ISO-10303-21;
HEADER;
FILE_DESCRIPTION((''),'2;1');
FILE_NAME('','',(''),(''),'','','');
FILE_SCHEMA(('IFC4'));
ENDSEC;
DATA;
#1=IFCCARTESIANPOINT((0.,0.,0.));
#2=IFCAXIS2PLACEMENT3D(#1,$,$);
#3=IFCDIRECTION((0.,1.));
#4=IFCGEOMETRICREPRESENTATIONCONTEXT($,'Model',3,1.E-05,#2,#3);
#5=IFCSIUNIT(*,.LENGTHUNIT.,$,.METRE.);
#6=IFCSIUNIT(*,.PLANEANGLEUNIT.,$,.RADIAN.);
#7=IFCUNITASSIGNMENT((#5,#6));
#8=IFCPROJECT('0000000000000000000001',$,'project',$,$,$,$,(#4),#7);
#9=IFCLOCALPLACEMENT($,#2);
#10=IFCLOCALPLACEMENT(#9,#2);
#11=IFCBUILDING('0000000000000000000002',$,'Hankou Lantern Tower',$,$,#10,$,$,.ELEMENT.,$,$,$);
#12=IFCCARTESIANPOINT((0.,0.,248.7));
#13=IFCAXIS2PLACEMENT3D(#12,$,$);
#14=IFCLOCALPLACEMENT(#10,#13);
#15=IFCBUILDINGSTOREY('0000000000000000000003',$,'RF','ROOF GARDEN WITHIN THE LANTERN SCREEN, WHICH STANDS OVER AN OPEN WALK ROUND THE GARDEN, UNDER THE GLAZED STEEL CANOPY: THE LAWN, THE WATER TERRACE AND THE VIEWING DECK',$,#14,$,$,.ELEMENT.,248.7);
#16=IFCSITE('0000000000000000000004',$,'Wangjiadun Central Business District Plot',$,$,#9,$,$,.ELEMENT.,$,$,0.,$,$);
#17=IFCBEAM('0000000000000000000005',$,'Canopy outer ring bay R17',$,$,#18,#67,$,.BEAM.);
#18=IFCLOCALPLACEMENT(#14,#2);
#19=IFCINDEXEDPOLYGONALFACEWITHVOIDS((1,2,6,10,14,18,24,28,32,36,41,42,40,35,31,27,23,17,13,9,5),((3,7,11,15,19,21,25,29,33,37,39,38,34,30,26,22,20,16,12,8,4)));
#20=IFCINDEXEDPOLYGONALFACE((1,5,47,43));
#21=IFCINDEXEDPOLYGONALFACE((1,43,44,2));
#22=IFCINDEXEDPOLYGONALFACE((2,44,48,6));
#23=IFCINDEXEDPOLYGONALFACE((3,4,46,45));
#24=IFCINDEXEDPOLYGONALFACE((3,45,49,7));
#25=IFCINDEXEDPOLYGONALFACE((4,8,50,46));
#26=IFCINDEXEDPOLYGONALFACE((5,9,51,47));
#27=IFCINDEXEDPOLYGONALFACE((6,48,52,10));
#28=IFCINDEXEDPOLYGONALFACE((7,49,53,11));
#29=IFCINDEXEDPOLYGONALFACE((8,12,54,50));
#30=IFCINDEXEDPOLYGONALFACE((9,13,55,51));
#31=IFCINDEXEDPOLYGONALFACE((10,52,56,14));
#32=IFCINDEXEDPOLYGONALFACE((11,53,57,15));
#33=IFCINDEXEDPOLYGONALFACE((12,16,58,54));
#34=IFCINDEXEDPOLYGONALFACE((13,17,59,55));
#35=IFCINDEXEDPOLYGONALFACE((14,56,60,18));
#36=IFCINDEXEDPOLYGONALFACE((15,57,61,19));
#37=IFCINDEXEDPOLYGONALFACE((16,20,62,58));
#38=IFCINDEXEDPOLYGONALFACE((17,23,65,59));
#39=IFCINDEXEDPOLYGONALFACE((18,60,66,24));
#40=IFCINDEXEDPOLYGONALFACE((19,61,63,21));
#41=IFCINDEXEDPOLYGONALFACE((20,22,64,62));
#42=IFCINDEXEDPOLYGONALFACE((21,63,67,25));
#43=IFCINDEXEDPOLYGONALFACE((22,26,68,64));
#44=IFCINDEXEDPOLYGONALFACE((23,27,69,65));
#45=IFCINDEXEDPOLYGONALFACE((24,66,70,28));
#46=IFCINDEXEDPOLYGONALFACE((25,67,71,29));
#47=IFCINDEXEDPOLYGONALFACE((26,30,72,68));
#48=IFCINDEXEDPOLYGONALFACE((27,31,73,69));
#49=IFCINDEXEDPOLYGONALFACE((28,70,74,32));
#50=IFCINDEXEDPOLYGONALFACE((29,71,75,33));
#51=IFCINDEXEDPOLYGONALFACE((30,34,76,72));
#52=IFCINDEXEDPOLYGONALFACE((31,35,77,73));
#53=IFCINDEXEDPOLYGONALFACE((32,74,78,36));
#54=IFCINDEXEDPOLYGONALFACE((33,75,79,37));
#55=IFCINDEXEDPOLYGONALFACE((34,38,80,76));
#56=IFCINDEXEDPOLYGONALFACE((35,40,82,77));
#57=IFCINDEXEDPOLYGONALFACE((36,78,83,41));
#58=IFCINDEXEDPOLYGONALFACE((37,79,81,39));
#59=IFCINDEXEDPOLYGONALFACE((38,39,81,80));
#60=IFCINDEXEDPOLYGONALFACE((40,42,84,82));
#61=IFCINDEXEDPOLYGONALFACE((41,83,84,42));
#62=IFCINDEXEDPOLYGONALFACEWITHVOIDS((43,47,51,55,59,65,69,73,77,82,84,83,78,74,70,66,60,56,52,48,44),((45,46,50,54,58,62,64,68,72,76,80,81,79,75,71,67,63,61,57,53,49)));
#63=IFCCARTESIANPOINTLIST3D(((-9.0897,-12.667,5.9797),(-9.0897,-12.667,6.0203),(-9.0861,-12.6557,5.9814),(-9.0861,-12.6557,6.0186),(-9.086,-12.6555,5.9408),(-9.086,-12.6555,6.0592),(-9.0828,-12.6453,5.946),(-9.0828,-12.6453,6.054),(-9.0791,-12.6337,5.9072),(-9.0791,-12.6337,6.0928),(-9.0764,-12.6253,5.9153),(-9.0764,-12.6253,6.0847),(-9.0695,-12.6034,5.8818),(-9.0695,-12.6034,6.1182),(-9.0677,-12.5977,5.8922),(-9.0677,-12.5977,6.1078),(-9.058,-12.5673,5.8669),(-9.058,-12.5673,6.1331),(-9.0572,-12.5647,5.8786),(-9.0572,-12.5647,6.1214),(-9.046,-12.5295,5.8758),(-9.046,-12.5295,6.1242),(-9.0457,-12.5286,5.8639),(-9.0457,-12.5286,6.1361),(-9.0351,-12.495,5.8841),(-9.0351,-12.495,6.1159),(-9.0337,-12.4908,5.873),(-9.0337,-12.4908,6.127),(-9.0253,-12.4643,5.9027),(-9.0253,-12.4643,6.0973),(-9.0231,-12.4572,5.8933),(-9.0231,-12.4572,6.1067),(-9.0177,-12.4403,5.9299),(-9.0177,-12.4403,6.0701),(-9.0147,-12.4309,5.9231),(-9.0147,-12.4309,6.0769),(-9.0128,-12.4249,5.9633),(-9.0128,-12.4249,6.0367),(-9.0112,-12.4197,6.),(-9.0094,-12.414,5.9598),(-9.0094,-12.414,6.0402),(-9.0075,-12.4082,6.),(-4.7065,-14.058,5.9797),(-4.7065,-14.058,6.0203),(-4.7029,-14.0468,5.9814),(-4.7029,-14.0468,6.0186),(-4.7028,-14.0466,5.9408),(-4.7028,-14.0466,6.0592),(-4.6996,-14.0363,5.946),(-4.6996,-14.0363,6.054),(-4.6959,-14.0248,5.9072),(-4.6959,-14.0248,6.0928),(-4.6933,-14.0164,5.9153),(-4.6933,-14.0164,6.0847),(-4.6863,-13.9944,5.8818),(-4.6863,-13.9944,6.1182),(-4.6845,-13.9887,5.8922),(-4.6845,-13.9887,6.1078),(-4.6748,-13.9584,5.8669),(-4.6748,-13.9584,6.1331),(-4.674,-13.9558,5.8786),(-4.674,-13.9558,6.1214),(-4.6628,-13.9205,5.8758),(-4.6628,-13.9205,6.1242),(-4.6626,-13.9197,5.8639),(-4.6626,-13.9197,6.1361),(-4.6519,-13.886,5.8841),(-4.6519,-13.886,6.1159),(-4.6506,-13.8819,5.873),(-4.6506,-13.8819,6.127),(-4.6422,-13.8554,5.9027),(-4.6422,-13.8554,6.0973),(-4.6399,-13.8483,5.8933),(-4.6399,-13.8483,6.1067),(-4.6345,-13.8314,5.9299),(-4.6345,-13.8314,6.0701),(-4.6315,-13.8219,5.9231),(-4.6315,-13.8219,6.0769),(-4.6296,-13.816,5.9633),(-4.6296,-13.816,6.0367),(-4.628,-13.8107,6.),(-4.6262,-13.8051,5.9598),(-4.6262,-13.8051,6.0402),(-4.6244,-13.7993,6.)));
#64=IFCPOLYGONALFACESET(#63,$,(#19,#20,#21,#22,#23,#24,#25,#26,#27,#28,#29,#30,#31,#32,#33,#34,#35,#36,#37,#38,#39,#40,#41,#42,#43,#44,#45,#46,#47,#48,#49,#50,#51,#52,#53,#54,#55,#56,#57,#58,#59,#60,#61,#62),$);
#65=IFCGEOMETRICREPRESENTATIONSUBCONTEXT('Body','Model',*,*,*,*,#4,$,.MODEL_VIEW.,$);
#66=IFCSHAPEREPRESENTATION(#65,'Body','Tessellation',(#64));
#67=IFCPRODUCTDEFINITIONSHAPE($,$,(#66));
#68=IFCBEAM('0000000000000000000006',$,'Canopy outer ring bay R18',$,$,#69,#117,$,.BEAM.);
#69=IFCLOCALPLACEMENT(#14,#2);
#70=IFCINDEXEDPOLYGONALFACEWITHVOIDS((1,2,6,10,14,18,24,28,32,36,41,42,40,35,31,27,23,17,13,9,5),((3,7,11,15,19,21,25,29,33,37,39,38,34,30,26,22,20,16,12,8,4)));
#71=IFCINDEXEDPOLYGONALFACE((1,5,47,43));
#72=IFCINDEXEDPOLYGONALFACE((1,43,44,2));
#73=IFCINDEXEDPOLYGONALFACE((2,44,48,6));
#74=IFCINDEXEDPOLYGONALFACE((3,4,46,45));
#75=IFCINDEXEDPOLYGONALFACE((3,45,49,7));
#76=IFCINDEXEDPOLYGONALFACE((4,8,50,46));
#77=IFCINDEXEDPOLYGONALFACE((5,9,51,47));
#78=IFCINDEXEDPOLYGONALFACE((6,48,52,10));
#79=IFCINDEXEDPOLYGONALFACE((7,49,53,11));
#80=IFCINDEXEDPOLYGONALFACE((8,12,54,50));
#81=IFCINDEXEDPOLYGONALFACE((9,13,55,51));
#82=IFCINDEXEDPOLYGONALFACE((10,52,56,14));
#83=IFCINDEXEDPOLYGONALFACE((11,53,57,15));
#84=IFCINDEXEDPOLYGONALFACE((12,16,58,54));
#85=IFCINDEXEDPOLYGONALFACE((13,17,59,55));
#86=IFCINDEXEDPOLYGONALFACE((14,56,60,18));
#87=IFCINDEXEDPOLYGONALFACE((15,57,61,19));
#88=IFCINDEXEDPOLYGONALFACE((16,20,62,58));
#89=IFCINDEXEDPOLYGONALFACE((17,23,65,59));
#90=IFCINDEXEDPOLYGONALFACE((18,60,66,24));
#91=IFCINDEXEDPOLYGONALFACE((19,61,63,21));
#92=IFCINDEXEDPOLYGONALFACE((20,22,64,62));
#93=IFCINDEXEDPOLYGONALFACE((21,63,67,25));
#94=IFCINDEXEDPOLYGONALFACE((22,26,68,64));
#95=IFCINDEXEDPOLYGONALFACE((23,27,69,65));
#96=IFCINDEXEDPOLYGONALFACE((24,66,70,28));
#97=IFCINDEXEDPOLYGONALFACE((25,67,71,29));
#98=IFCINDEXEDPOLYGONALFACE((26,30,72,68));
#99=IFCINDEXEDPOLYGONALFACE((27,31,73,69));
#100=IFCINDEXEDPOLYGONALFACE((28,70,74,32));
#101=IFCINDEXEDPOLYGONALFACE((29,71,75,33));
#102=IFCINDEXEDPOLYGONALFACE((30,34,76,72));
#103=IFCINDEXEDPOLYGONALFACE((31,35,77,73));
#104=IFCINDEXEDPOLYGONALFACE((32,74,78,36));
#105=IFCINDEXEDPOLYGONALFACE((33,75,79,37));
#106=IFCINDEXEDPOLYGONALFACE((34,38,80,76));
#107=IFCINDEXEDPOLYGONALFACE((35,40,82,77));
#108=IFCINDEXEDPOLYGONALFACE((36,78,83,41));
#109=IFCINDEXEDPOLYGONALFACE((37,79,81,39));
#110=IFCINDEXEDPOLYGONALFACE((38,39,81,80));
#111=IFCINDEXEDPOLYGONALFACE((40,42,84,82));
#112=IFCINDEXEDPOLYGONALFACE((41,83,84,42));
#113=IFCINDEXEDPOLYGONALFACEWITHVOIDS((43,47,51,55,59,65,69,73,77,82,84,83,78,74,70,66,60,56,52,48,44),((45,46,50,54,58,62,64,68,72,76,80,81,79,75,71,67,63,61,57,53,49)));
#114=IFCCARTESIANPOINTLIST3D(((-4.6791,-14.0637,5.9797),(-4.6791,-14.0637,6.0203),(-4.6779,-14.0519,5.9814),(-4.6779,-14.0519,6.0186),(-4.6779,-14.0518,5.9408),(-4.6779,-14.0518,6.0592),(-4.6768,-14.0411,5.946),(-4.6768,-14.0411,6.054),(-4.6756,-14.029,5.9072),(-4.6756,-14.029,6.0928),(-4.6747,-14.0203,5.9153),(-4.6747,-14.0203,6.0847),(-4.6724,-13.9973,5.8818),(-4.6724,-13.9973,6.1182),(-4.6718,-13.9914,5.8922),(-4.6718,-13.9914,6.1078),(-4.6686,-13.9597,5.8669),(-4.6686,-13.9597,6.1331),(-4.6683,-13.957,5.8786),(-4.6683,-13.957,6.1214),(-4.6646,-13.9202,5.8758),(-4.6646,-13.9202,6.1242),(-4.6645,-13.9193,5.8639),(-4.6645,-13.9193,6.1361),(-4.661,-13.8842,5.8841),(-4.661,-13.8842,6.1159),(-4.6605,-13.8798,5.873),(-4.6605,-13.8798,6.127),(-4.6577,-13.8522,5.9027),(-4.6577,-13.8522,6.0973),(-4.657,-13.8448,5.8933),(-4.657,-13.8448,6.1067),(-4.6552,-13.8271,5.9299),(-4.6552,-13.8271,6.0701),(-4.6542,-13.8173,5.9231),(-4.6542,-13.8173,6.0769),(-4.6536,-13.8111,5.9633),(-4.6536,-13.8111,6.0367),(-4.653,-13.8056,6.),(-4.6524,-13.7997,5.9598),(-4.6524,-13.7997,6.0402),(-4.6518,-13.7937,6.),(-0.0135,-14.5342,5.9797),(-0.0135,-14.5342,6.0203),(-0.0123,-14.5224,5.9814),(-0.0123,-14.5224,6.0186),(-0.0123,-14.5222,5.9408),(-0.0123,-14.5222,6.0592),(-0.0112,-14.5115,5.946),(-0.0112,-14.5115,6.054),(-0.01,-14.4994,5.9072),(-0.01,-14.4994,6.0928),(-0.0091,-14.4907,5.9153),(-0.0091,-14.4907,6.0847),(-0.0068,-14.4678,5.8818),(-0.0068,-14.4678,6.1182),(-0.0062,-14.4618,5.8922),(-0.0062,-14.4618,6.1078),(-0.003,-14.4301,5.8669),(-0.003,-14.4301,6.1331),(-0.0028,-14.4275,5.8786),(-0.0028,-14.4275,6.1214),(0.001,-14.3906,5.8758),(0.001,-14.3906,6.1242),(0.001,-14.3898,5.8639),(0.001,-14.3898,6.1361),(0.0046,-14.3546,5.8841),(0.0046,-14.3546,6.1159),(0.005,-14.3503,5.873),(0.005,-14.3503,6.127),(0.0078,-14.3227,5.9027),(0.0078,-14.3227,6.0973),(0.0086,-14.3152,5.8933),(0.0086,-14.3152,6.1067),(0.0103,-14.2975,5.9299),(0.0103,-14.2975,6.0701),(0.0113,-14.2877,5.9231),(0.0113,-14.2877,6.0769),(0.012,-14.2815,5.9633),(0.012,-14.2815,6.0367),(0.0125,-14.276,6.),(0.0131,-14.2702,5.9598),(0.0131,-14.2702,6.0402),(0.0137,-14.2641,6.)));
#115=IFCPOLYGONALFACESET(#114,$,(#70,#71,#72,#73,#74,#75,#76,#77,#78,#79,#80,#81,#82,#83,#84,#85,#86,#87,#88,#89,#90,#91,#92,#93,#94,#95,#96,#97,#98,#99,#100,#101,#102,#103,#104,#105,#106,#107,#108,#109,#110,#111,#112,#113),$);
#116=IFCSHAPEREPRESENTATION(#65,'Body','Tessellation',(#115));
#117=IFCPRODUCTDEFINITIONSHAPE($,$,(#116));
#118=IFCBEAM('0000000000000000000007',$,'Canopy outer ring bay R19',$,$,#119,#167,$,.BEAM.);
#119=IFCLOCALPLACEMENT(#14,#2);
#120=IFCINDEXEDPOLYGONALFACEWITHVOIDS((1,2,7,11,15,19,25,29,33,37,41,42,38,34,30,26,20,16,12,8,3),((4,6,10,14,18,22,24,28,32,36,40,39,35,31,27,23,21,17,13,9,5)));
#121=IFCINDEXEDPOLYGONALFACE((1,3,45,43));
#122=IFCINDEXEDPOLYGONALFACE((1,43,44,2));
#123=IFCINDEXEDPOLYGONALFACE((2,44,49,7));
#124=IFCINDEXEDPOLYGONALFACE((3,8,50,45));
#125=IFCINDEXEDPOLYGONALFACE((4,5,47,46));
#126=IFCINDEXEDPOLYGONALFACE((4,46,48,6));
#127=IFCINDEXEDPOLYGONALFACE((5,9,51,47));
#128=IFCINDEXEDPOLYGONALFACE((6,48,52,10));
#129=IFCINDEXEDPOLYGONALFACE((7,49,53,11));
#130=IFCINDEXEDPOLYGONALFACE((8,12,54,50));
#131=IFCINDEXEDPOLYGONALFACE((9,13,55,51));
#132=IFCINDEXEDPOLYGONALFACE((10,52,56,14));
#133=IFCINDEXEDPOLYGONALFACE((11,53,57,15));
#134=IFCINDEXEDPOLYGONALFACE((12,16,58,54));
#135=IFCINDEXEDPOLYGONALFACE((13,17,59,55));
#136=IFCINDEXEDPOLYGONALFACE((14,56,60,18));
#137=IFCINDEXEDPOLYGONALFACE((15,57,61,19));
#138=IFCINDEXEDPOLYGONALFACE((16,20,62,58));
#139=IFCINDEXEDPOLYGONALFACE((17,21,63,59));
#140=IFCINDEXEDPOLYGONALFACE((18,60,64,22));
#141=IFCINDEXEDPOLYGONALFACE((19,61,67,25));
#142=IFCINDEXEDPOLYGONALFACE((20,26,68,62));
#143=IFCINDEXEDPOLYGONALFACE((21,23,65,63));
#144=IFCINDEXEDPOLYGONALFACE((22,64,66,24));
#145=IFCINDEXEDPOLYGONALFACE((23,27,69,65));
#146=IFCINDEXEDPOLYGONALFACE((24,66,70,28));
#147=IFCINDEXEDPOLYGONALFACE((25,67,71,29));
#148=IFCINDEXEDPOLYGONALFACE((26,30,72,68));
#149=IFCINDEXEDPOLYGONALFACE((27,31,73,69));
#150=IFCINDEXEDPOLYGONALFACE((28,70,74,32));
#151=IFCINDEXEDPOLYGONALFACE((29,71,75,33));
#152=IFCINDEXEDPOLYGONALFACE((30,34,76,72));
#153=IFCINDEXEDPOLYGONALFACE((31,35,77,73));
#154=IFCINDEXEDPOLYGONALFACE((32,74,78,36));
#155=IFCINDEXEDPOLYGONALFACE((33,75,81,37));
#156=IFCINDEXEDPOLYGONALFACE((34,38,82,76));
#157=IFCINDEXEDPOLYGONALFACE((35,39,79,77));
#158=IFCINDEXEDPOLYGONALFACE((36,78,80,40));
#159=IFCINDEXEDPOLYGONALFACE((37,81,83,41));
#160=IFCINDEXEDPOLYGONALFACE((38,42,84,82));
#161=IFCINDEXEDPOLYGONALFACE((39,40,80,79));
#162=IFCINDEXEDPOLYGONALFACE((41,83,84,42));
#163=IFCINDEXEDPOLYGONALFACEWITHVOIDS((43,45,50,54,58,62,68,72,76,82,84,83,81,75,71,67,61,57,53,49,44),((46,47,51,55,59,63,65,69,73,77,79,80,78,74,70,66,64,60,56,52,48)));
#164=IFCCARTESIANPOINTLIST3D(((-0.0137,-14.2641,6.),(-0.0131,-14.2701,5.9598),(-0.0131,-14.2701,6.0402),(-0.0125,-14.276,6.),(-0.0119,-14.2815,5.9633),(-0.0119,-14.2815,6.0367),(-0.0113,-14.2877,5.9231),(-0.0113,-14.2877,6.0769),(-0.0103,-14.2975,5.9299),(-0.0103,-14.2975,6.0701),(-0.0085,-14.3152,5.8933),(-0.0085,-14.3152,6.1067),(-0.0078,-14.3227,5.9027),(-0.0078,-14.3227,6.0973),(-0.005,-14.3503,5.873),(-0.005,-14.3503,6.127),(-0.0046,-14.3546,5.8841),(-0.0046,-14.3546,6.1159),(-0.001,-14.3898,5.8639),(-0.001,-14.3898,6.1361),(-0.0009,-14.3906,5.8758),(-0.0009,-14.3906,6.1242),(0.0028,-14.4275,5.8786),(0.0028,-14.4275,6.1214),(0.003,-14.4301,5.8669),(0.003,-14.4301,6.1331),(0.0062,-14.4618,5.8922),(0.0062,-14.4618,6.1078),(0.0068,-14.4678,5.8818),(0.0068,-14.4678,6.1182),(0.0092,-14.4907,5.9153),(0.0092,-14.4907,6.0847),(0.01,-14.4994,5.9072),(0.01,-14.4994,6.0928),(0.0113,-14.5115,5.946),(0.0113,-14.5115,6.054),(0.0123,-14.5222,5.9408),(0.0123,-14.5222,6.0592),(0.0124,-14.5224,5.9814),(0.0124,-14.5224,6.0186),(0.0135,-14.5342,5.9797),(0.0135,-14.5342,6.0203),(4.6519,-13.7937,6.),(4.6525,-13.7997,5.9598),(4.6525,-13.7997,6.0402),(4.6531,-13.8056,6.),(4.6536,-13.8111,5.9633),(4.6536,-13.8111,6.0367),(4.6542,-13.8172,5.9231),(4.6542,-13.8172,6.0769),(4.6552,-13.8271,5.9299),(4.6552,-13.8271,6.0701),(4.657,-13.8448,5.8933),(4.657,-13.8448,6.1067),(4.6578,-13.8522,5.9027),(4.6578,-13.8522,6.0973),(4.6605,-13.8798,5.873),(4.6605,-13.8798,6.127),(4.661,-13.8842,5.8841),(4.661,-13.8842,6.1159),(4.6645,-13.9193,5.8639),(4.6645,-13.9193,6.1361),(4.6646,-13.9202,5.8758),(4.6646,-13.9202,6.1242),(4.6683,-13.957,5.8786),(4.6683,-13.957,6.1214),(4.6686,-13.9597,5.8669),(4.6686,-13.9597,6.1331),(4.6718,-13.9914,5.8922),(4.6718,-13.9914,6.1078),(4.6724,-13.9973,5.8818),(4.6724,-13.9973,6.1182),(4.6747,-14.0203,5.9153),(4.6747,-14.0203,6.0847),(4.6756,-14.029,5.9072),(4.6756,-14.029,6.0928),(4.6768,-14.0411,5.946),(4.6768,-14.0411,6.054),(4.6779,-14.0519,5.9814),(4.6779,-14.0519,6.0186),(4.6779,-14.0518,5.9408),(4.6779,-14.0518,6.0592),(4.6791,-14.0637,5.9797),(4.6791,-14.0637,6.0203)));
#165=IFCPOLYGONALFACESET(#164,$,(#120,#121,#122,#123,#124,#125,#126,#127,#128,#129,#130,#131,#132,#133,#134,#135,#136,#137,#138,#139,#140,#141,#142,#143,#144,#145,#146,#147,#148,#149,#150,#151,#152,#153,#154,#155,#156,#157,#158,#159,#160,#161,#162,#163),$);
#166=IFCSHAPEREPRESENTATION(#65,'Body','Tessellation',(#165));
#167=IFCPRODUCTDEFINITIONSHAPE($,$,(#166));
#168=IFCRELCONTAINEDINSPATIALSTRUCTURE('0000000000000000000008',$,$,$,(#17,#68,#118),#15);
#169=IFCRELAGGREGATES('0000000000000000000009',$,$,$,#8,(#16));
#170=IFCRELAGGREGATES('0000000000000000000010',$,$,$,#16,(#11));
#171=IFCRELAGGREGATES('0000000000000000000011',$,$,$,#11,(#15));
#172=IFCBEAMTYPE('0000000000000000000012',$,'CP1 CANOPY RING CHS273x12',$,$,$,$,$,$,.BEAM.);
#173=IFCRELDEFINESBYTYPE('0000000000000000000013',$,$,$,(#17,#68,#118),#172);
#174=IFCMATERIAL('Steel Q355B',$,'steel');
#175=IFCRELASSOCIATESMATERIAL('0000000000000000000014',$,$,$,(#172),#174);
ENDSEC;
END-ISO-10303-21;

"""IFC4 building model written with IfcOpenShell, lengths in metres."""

from ifc_helpers import new_model, si_unit, direction, frame, origin, origin_2d, place, context, subcontext, project, spatial, hollow_circle, extrude, material, material_profile, profile_set, type_object, element, save


model = new_model("IFC4")

# Units and contexts
model_context = context("Model", 3, precision=1e-05, world=origin(), true_north=direction((0.0, 1.0)))
body_context = subcontext(model_context, "Body", "Model", "MODEL_VIEW")
ifc_project = project(units=[si_unit("LENGTHUNIT", "METRE"), si_unit("PLANEANGLEUNIT", "RADIAN")], contexts=[model_context])

# Site, building, storey
site_placement = place(None, origin())
site = spatial("IfcSite", under=ifc_project, at=site_placement, Name="Wangjiadun Central Business District Plot", CompositionType="ELEMENT", RefElevation=0.0)
building_placement = place(site_placement, origin())
building = spatial("IfcBuilding", under=site, at=building_placement, Name="Hankou Lantern Tower", CompositionType="ELEMENT")
storey_placement = place(building_placement, frame((0.0, 0.0, 248.7)))
storey = spatial("IfcBuildingStorey", under=building, at=storey_placement, Name="RF", Description="ROOF GARDEN WITHIN THE LANTERN SCREEN, WHICH STANDS OVER AN OPEN WALK ROUND THE GARDEN, UNDER THE GLAZED STEEL CANOPY: THE LAWN, THE WATER TERRACE AND THE VIEWING DECK", CompositionType="ELEMENT", Elevation=248.7)

# Beams
ifc_material_1 = material(Name="Steel Q355B", Category="steel")
ifc_material_profile_1 = material_profile(ifc_material_1, hollow_circle(Radius=0.1365, WallThickness=0.012, at=origin_2d()), Name="CHS273x12")
ifc_profile_set_1 = profile_set([ifc_material_profile_1], Name="Steel Q355B")
beam_type_1 = type_object("IfcBeamType", Name="CP1 CANOPY RING CHS273x12", PredefinedType="BEAM", material=ifc_profile_set_1)
beam_1_placement = place(storey_placement, frame((-9.0488, -12.5383, 6.0), z_axis=(0.95315, -0.302498, 0.0), x_axis=(0.302498, 0.95315, 0.0)))
element("IfcBeam", 1, at=beam_1_placement, inside=storey, type_object=beam_type_1, Name="Canopy outer ring bay R17", PredefinedType="BEAM", context=body_context, shape_type="SweptSolid", body=[
    extrude(hollow_circle(Radius=0.1365, WallThickness=0.012, at=origin_2d()), origin(), (0.0, 0.0, 1.0), 4.5986),
])
for number, where, z_axis, x_axis, name in (
    (2, (-4.6655, -13.9294, 6.0), (0.994954, -0.100328, 0.0), (0.100328, 0.994954, 0.0), "Canopy outer ring bay R18"),
    (3, (0.0, -14.3999, 6.0), (0.994954, 0.100328, 0.0), (-0.100328, 0.994954, 0.0), "Canopy outer ring bay R19"),
):
    element("IfcBeam", number, at=place(storey_placement, frame(where, z_axis=z_axis, x_axis=x_axis)), inside=storey, type_object=beam_type_1, Name=name, PredefinedType="BEAM", context=body_context, shape_type="SweptSolid", body=[
        extrude(hollow_circle(Radius=0.1365, WallThickness=0.012, at=origin_2d()), origin(), (0.0, 0.0, 1.0), 4.6892),
    ])

save(model, "model.ifc")
